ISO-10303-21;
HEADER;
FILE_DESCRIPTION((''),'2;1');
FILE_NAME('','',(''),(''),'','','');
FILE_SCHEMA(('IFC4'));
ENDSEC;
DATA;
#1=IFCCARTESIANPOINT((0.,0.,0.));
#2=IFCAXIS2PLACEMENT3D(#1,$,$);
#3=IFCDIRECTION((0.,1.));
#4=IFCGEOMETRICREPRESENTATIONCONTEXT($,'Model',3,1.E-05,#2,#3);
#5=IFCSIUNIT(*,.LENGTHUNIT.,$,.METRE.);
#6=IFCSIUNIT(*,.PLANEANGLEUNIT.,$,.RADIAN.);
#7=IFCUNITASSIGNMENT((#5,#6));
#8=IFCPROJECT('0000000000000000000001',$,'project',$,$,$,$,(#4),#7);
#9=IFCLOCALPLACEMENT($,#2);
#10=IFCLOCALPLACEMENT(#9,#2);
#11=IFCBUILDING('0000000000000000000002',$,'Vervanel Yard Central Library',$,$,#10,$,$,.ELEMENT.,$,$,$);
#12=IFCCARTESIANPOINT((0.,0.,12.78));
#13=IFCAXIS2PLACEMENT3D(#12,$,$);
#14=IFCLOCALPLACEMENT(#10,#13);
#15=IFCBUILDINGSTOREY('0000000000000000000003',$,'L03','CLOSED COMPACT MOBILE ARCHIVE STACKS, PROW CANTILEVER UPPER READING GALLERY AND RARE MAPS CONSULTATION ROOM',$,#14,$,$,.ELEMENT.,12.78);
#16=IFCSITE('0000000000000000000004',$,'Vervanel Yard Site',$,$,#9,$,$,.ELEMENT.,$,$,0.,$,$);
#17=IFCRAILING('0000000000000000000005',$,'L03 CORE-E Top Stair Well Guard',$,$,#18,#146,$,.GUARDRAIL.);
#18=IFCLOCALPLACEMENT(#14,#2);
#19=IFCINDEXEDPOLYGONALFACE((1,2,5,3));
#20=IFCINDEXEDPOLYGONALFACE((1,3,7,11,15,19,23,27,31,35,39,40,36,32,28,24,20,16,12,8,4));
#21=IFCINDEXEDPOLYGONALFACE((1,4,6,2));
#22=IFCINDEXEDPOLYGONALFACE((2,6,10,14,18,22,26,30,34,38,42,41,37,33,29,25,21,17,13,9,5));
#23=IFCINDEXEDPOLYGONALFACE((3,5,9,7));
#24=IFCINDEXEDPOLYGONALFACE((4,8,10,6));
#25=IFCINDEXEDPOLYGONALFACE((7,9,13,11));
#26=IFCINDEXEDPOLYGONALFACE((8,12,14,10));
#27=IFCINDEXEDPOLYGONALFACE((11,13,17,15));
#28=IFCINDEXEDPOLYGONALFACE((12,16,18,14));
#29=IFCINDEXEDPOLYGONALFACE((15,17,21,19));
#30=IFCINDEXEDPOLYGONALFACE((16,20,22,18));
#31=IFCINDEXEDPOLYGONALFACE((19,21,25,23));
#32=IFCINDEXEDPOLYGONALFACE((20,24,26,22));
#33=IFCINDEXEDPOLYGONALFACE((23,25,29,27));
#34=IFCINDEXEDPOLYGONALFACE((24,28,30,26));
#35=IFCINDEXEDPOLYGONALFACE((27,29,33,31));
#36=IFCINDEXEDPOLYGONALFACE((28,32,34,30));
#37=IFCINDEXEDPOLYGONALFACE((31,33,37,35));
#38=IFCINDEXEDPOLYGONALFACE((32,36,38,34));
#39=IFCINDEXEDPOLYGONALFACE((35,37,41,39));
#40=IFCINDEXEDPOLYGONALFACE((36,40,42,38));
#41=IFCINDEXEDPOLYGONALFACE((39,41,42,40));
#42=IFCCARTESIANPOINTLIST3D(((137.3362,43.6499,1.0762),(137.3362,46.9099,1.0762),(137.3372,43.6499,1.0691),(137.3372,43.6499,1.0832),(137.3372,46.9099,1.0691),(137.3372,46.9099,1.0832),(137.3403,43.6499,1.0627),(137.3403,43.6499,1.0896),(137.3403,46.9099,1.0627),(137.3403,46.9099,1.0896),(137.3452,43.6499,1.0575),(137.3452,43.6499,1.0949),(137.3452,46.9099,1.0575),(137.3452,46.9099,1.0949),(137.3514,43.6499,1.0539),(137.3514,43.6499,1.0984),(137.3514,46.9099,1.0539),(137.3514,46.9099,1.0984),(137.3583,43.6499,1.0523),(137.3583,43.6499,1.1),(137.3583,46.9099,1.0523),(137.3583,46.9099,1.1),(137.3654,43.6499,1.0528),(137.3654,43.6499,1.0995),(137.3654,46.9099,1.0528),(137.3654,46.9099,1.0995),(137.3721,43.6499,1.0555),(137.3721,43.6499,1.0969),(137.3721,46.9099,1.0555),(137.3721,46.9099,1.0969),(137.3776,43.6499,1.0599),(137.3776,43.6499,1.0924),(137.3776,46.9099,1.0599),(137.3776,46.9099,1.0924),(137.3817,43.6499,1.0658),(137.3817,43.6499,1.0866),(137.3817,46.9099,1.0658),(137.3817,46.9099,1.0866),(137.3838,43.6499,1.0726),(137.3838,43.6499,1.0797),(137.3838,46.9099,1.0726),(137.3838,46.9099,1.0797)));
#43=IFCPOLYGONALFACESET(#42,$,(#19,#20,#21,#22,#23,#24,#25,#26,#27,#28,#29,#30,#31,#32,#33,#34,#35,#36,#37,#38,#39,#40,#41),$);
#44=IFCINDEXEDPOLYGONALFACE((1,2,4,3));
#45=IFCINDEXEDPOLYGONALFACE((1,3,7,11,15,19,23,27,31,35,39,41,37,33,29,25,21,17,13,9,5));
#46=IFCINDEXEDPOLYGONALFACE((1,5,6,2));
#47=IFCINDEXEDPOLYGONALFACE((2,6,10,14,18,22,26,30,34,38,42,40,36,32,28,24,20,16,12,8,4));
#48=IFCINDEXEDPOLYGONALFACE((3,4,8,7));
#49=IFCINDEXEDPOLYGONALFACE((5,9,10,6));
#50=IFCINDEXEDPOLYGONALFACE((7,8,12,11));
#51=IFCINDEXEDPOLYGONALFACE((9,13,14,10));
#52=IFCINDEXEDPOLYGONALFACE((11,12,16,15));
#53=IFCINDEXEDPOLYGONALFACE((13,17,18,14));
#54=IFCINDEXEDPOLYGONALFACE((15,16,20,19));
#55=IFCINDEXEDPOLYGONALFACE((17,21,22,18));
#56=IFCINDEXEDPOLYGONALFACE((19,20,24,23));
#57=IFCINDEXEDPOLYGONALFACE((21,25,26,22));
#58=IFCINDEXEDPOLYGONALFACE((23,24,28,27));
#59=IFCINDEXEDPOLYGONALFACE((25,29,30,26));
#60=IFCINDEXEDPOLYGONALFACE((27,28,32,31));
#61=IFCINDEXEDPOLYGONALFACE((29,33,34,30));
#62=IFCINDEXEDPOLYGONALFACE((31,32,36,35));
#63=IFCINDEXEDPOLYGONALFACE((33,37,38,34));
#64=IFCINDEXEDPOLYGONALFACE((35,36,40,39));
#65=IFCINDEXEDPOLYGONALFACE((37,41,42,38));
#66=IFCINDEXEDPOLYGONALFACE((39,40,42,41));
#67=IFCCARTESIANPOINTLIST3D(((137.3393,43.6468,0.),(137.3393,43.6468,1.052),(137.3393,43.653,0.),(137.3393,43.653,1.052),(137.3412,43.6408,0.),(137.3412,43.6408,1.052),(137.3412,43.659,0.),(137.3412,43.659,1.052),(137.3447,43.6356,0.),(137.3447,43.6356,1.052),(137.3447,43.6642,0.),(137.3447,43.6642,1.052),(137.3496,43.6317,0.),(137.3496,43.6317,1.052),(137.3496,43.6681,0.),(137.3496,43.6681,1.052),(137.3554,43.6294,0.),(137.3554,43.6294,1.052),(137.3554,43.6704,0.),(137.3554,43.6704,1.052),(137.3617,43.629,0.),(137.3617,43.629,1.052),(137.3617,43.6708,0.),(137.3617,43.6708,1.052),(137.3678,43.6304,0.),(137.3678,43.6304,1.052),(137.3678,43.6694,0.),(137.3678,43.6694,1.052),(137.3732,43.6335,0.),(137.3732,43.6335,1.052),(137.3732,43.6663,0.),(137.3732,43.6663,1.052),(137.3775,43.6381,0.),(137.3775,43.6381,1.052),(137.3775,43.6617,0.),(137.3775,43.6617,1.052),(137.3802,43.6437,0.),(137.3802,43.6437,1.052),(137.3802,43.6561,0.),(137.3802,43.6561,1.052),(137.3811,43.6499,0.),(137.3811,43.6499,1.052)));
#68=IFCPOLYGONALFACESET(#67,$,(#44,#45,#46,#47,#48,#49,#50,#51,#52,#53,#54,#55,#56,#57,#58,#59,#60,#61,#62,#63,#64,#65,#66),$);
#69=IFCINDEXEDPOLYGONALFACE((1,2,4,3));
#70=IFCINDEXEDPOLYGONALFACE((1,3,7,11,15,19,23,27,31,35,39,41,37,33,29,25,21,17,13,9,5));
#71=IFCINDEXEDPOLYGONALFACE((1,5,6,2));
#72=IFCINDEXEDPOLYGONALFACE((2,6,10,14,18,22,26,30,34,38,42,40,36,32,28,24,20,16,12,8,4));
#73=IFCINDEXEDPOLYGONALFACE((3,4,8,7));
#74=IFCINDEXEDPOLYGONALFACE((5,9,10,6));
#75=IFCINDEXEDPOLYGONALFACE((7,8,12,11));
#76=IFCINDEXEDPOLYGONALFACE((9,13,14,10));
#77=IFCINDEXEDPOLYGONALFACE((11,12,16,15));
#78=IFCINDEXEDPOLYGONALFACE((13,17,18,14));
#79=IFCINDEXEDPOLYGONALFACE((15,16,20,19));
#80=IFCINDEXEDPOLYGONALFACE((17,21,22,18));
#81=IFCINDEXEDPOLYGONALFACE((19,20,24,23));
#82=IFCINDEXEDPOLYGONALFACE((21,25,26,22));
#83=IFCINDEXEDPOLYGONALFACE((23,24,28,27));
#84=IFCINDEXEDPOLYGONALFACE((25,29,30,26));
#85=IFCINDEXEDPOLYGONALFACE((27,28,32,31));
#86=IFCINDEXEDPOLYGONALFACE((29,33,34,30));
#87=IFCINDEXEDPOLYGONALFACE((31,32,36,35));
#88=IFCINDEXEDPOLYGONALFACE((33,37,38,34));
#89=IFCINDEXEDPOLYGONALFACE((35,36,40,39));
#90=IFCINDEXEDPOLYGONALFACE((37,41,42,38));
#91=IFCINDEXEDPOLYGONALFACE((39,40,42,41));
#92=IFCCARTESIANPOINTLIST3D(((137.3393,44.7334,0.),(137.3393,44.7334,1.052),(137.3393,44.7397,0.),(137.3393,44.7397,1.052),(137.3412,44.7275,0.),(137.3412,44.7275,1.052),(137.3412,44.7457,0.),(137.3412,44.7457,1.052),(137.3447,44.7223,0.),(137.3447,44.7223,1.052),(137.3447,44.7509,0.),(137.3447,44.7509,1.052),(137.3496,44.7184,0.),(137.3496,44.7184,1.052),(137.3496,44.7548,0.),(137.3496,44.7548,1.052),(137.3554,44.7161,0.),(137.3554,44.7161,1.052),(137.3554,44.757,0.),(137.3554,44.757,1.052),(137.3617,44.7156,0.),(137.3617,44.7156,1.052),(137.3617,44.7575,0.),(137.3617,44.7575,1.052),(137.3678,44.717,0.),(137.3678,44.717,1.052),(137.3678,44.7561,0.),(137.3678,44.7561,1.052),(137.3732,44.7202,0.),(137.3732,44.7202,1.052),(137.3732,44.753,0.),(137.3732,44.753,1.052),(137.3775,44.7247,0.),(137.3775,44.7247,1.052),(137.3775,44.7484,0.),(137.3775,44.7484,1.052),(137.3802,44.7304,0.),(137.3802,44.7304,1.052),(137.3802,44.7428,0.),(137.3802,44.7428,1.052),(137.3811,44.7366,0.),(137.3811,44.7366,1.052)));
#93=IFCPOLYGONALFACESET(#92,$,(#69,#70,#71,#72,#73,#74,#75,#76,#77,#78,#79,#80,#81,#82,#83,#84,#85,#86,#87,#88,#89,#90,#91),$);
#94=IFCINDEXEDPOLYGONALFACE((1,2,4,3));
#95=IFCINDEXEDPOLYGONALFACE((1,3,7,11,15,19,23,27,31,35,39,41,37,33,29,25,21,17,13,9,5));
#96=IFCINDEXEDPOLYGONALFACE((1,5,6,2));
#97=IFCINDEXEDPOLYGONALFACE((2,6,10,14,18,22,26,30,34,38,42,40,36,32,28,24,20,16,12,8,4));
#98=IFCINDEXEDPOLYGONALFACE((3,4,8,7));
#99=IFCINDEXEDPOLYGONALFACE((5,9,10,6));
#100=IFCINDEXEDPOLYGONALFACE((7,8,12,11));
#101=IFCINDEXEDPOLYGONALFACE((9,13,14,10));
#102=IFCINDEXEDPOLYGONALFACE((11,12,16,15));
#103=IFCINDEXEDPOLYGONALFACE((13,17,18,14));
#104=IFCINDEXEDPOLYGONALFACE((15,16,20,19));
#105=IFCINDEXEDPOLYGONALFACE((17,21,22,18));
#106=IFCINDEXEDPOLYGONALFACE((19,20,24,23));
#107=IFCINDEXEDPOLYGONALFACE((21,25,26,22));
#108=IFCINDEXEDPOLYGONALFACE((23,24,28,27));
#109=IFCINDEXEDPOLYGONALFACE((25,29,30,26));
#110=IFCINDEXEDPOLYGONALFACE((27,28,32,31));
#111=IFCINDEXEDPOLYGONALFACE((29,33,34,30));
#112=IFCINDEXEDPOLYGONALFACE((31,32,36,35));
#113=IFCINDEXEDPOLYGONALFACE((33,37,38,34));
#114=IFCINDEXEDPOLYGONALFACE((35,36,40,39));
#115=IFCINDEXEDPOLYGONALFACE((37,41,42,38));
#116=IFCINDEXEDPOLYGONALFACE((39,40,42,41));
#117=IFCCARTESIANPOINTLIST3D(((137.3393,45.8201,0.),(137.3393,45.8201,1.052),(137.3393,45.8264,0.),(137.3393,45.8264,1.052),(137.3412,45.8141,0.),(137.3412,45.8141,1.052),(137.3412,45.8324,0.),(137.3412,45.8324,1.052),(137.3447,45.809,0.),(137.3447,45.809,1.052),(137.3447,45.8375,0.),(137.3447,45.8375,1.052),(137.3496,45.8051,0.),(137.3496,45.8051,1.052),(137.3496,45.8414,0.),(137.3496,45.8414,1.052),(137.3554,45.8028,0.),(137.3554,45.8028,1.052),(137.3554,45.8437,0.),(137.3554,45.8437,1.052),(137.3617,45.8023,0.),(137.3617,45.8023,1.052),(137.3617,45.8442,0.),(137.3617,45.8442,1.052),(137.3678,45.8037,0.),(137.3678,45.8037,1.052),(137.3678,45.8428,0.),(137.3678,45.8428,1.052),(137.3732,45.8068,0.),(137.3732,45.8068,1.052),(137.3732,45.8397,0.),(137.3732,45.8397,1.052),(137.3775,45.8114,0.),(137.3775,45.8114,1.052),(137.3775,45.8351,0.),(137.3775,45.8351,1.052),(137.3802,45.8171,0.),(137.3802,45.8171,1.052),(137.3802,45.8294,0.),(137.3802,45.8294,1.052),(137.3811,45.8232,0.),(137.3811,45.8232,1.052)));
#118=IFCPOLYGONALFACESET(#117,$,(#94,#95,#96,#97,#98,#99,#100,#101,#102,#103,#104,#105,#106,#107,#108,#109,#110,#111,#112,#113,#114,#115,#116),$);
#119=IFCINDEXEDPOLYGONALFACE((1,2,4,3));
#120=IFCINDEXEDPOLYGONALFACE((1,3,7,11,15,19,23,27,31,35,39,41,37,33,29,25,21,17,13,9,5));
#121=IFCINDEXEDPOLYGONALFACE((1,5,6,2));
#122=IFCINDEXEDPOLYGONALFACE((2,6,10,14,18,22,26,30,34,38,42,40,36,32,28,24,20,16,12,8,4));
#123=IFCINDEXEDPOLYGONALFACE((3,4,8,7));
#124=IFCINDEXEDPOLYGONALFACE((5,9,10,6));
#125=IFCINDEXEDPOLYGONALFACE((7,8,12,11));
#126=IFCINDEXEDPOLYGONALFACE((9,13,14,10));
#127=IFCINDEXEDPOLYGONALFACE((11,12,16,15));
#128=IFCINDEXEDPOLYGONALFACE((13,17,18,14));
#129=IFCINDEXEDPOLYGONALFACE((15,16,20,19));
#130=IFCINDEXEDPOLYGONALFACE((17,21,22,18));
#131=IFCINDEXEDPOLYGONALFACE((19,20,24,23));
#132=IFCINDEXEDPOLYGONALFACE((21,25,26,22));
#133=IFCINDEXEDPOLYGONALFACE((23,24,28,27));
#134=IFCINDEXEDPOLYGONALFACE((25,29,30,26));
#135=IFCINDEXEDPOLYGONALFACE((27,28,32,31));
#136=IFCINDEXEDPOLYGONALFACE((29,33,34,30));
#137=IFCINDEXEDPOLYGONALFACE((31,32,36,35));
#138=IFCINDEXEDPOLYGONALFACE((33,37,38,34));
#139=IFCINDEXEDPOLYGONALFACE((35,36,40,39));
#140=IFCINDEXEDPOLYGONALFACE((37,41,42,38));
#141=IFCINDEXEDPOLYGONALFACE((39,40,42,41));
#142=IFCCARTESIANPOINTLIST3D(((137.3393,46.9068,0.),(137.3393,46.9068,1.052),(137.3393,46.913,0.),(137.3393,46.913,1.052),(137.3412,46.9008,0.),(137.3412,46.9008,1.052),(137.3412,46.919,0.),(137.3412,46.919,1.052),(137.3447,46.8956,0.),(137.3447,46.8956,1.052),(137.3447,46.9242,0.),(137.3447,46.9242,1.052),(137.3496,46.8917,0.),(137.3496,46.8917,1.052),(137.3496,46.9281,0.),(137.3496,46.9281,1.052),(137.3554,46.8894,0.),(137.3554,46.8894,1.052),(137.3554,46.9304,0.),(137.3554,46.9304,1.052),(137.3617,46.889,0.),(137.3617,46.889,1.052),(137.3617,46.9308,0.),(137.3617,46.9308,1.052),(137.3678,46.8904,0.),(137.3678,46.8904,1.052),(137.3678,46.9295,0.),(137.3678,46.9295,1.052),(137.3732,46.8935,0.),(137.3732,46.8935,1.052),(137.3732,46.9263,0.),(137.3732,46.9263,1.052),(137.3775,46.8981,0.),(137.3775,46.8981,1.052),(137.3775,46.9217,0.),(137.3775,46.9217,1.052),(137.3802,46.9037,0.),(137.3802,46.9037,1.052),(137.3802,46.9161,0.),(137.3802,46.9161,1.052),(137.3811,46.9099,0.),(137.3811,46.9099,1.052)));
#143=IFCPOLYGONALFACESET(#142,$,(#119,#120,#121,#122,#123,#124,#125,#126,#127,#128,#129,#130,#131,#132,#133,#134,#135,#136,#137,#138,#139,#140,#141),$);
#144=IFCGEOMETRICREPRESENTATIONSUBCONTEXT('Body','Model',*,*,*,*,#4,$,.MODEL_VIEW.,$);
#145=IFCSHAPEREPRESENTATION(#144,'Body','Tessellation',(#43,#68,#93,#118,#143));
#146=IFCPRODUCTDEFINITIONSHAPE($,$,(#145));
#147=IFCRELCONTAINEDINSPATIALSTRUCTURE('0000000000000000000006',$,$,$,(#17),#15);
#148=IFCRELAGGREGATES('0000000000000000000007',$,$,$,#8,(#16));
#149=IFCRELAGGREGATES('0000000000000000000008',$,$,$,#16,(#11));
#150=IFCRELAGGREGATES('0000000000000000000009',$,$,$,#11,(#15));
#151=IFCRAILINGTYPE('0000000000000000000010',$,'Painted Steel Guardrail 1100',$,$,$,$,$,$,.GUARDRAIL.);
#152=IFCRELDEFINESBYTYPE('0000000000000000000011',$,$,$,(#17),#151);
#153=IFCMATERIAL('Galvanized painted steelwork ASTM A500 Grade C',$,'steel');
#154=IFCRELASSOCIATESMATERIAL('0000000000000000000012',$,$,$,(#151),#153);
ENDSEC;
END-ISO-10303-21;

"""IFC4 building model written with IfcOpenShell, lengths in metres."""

from ifc_helpers import new_model, si_unit, direction, frame, origin, origin_2d, place, context, subcontext, project, spatial, circle, extrude, material, type_object, element, save


model = new_model("IFC4")

# Units and contexts
model_context = context("Model", 3, precision=1e-05, world=origin(), true_north=direction((0.0, 1.0)))
body_context = subcontext(model_context, "Body", "Model", "MODEL_VIEW")
ifc_project = project(units=[si_unit("LENGTHUNIT", "METRE"), si_unit("PLANEANGLEUNIT", "RADIAN")], contexts=[model_context])

# Site, building, storey
site_placement = place(None, origin())
site = spatial("IfcSite", under=ifc_project, at=site_placement, Name="Vervanel Yard Site", CompositionType="ELEMENT", RefElevation=0.0)
building_placement = place(site_placement, origin())
building = spatial("IfcBuilding", under=site, at=building_placement, Name="Vervanel Yard Central Library", CompositionType="ELEMENT")
storey_placement = place(building_placement, frame((0.0, 0.0, 12.78)))
storey = spatial("IfcBuildingStorey", under=building, at=storey_placement, Name="L03", Description="CLOSED COMPACT MOBILE ARCHIVE STACKS, PROW CANTILEVER UPPER READING GALLERY AND RARE MAPS CONSULTATION ROOM", CompositionType="ELEMENT", Elevation=12.78)

# Railing
ifc_material_1 = material(Name="Galvanized painted steelwork ASTM A500 Grade C", Category="steel")
railing_type = type_object("IfcRailingType", Name="Painted Steel Guardrail 1100", PredefinedType="GUARDRAIL", material=ifc_material_1)
railing_1_placement = place(storey_placement, frame((137.3601, 43.6499, 0.0)))
element("IfcRailing", 1, at=railing_1_placement, inside=storey, type_object=railing_type, Name="L03 CORE-E Top Stair Well Guard", PredefinedType="GUARDRAIL", context=body_context, shape_type="SweptSolid", body=[
    extrude(circle(Radius=0.0239, at=origin_2d()), frame((0.0, 0.0, 1.0762), z_axis=(0.0, 1.0, 0.0), x_axis=(-1.0, 0.0, 0.0)), (0.0, 0.0, 1.0), 3.26),
    extrude(circle(Radius=0.021, at=origin_2d()), origin(), (0.0, 0.0, 1.0), 1.052),
    extrude(circle(Radius=0.021, at=origin_2d()), frame((0.0, 1.0867, 0.0)), (0.0, 0.0, 1.0), 1.052),
    extrude(circle(Radius=0.021, at=origin_2d()), frame((0.0, 2.1733, 0.0)), (0.0, 0.0, 1.0), 1.052),
    extrude(circle(Radius=0.021, at=origin_2d()), frame((0.0, 3.26, 0.0)), (0.0, 0.0, 1.0), 1.052),
])

save(model, "model.ifc")
